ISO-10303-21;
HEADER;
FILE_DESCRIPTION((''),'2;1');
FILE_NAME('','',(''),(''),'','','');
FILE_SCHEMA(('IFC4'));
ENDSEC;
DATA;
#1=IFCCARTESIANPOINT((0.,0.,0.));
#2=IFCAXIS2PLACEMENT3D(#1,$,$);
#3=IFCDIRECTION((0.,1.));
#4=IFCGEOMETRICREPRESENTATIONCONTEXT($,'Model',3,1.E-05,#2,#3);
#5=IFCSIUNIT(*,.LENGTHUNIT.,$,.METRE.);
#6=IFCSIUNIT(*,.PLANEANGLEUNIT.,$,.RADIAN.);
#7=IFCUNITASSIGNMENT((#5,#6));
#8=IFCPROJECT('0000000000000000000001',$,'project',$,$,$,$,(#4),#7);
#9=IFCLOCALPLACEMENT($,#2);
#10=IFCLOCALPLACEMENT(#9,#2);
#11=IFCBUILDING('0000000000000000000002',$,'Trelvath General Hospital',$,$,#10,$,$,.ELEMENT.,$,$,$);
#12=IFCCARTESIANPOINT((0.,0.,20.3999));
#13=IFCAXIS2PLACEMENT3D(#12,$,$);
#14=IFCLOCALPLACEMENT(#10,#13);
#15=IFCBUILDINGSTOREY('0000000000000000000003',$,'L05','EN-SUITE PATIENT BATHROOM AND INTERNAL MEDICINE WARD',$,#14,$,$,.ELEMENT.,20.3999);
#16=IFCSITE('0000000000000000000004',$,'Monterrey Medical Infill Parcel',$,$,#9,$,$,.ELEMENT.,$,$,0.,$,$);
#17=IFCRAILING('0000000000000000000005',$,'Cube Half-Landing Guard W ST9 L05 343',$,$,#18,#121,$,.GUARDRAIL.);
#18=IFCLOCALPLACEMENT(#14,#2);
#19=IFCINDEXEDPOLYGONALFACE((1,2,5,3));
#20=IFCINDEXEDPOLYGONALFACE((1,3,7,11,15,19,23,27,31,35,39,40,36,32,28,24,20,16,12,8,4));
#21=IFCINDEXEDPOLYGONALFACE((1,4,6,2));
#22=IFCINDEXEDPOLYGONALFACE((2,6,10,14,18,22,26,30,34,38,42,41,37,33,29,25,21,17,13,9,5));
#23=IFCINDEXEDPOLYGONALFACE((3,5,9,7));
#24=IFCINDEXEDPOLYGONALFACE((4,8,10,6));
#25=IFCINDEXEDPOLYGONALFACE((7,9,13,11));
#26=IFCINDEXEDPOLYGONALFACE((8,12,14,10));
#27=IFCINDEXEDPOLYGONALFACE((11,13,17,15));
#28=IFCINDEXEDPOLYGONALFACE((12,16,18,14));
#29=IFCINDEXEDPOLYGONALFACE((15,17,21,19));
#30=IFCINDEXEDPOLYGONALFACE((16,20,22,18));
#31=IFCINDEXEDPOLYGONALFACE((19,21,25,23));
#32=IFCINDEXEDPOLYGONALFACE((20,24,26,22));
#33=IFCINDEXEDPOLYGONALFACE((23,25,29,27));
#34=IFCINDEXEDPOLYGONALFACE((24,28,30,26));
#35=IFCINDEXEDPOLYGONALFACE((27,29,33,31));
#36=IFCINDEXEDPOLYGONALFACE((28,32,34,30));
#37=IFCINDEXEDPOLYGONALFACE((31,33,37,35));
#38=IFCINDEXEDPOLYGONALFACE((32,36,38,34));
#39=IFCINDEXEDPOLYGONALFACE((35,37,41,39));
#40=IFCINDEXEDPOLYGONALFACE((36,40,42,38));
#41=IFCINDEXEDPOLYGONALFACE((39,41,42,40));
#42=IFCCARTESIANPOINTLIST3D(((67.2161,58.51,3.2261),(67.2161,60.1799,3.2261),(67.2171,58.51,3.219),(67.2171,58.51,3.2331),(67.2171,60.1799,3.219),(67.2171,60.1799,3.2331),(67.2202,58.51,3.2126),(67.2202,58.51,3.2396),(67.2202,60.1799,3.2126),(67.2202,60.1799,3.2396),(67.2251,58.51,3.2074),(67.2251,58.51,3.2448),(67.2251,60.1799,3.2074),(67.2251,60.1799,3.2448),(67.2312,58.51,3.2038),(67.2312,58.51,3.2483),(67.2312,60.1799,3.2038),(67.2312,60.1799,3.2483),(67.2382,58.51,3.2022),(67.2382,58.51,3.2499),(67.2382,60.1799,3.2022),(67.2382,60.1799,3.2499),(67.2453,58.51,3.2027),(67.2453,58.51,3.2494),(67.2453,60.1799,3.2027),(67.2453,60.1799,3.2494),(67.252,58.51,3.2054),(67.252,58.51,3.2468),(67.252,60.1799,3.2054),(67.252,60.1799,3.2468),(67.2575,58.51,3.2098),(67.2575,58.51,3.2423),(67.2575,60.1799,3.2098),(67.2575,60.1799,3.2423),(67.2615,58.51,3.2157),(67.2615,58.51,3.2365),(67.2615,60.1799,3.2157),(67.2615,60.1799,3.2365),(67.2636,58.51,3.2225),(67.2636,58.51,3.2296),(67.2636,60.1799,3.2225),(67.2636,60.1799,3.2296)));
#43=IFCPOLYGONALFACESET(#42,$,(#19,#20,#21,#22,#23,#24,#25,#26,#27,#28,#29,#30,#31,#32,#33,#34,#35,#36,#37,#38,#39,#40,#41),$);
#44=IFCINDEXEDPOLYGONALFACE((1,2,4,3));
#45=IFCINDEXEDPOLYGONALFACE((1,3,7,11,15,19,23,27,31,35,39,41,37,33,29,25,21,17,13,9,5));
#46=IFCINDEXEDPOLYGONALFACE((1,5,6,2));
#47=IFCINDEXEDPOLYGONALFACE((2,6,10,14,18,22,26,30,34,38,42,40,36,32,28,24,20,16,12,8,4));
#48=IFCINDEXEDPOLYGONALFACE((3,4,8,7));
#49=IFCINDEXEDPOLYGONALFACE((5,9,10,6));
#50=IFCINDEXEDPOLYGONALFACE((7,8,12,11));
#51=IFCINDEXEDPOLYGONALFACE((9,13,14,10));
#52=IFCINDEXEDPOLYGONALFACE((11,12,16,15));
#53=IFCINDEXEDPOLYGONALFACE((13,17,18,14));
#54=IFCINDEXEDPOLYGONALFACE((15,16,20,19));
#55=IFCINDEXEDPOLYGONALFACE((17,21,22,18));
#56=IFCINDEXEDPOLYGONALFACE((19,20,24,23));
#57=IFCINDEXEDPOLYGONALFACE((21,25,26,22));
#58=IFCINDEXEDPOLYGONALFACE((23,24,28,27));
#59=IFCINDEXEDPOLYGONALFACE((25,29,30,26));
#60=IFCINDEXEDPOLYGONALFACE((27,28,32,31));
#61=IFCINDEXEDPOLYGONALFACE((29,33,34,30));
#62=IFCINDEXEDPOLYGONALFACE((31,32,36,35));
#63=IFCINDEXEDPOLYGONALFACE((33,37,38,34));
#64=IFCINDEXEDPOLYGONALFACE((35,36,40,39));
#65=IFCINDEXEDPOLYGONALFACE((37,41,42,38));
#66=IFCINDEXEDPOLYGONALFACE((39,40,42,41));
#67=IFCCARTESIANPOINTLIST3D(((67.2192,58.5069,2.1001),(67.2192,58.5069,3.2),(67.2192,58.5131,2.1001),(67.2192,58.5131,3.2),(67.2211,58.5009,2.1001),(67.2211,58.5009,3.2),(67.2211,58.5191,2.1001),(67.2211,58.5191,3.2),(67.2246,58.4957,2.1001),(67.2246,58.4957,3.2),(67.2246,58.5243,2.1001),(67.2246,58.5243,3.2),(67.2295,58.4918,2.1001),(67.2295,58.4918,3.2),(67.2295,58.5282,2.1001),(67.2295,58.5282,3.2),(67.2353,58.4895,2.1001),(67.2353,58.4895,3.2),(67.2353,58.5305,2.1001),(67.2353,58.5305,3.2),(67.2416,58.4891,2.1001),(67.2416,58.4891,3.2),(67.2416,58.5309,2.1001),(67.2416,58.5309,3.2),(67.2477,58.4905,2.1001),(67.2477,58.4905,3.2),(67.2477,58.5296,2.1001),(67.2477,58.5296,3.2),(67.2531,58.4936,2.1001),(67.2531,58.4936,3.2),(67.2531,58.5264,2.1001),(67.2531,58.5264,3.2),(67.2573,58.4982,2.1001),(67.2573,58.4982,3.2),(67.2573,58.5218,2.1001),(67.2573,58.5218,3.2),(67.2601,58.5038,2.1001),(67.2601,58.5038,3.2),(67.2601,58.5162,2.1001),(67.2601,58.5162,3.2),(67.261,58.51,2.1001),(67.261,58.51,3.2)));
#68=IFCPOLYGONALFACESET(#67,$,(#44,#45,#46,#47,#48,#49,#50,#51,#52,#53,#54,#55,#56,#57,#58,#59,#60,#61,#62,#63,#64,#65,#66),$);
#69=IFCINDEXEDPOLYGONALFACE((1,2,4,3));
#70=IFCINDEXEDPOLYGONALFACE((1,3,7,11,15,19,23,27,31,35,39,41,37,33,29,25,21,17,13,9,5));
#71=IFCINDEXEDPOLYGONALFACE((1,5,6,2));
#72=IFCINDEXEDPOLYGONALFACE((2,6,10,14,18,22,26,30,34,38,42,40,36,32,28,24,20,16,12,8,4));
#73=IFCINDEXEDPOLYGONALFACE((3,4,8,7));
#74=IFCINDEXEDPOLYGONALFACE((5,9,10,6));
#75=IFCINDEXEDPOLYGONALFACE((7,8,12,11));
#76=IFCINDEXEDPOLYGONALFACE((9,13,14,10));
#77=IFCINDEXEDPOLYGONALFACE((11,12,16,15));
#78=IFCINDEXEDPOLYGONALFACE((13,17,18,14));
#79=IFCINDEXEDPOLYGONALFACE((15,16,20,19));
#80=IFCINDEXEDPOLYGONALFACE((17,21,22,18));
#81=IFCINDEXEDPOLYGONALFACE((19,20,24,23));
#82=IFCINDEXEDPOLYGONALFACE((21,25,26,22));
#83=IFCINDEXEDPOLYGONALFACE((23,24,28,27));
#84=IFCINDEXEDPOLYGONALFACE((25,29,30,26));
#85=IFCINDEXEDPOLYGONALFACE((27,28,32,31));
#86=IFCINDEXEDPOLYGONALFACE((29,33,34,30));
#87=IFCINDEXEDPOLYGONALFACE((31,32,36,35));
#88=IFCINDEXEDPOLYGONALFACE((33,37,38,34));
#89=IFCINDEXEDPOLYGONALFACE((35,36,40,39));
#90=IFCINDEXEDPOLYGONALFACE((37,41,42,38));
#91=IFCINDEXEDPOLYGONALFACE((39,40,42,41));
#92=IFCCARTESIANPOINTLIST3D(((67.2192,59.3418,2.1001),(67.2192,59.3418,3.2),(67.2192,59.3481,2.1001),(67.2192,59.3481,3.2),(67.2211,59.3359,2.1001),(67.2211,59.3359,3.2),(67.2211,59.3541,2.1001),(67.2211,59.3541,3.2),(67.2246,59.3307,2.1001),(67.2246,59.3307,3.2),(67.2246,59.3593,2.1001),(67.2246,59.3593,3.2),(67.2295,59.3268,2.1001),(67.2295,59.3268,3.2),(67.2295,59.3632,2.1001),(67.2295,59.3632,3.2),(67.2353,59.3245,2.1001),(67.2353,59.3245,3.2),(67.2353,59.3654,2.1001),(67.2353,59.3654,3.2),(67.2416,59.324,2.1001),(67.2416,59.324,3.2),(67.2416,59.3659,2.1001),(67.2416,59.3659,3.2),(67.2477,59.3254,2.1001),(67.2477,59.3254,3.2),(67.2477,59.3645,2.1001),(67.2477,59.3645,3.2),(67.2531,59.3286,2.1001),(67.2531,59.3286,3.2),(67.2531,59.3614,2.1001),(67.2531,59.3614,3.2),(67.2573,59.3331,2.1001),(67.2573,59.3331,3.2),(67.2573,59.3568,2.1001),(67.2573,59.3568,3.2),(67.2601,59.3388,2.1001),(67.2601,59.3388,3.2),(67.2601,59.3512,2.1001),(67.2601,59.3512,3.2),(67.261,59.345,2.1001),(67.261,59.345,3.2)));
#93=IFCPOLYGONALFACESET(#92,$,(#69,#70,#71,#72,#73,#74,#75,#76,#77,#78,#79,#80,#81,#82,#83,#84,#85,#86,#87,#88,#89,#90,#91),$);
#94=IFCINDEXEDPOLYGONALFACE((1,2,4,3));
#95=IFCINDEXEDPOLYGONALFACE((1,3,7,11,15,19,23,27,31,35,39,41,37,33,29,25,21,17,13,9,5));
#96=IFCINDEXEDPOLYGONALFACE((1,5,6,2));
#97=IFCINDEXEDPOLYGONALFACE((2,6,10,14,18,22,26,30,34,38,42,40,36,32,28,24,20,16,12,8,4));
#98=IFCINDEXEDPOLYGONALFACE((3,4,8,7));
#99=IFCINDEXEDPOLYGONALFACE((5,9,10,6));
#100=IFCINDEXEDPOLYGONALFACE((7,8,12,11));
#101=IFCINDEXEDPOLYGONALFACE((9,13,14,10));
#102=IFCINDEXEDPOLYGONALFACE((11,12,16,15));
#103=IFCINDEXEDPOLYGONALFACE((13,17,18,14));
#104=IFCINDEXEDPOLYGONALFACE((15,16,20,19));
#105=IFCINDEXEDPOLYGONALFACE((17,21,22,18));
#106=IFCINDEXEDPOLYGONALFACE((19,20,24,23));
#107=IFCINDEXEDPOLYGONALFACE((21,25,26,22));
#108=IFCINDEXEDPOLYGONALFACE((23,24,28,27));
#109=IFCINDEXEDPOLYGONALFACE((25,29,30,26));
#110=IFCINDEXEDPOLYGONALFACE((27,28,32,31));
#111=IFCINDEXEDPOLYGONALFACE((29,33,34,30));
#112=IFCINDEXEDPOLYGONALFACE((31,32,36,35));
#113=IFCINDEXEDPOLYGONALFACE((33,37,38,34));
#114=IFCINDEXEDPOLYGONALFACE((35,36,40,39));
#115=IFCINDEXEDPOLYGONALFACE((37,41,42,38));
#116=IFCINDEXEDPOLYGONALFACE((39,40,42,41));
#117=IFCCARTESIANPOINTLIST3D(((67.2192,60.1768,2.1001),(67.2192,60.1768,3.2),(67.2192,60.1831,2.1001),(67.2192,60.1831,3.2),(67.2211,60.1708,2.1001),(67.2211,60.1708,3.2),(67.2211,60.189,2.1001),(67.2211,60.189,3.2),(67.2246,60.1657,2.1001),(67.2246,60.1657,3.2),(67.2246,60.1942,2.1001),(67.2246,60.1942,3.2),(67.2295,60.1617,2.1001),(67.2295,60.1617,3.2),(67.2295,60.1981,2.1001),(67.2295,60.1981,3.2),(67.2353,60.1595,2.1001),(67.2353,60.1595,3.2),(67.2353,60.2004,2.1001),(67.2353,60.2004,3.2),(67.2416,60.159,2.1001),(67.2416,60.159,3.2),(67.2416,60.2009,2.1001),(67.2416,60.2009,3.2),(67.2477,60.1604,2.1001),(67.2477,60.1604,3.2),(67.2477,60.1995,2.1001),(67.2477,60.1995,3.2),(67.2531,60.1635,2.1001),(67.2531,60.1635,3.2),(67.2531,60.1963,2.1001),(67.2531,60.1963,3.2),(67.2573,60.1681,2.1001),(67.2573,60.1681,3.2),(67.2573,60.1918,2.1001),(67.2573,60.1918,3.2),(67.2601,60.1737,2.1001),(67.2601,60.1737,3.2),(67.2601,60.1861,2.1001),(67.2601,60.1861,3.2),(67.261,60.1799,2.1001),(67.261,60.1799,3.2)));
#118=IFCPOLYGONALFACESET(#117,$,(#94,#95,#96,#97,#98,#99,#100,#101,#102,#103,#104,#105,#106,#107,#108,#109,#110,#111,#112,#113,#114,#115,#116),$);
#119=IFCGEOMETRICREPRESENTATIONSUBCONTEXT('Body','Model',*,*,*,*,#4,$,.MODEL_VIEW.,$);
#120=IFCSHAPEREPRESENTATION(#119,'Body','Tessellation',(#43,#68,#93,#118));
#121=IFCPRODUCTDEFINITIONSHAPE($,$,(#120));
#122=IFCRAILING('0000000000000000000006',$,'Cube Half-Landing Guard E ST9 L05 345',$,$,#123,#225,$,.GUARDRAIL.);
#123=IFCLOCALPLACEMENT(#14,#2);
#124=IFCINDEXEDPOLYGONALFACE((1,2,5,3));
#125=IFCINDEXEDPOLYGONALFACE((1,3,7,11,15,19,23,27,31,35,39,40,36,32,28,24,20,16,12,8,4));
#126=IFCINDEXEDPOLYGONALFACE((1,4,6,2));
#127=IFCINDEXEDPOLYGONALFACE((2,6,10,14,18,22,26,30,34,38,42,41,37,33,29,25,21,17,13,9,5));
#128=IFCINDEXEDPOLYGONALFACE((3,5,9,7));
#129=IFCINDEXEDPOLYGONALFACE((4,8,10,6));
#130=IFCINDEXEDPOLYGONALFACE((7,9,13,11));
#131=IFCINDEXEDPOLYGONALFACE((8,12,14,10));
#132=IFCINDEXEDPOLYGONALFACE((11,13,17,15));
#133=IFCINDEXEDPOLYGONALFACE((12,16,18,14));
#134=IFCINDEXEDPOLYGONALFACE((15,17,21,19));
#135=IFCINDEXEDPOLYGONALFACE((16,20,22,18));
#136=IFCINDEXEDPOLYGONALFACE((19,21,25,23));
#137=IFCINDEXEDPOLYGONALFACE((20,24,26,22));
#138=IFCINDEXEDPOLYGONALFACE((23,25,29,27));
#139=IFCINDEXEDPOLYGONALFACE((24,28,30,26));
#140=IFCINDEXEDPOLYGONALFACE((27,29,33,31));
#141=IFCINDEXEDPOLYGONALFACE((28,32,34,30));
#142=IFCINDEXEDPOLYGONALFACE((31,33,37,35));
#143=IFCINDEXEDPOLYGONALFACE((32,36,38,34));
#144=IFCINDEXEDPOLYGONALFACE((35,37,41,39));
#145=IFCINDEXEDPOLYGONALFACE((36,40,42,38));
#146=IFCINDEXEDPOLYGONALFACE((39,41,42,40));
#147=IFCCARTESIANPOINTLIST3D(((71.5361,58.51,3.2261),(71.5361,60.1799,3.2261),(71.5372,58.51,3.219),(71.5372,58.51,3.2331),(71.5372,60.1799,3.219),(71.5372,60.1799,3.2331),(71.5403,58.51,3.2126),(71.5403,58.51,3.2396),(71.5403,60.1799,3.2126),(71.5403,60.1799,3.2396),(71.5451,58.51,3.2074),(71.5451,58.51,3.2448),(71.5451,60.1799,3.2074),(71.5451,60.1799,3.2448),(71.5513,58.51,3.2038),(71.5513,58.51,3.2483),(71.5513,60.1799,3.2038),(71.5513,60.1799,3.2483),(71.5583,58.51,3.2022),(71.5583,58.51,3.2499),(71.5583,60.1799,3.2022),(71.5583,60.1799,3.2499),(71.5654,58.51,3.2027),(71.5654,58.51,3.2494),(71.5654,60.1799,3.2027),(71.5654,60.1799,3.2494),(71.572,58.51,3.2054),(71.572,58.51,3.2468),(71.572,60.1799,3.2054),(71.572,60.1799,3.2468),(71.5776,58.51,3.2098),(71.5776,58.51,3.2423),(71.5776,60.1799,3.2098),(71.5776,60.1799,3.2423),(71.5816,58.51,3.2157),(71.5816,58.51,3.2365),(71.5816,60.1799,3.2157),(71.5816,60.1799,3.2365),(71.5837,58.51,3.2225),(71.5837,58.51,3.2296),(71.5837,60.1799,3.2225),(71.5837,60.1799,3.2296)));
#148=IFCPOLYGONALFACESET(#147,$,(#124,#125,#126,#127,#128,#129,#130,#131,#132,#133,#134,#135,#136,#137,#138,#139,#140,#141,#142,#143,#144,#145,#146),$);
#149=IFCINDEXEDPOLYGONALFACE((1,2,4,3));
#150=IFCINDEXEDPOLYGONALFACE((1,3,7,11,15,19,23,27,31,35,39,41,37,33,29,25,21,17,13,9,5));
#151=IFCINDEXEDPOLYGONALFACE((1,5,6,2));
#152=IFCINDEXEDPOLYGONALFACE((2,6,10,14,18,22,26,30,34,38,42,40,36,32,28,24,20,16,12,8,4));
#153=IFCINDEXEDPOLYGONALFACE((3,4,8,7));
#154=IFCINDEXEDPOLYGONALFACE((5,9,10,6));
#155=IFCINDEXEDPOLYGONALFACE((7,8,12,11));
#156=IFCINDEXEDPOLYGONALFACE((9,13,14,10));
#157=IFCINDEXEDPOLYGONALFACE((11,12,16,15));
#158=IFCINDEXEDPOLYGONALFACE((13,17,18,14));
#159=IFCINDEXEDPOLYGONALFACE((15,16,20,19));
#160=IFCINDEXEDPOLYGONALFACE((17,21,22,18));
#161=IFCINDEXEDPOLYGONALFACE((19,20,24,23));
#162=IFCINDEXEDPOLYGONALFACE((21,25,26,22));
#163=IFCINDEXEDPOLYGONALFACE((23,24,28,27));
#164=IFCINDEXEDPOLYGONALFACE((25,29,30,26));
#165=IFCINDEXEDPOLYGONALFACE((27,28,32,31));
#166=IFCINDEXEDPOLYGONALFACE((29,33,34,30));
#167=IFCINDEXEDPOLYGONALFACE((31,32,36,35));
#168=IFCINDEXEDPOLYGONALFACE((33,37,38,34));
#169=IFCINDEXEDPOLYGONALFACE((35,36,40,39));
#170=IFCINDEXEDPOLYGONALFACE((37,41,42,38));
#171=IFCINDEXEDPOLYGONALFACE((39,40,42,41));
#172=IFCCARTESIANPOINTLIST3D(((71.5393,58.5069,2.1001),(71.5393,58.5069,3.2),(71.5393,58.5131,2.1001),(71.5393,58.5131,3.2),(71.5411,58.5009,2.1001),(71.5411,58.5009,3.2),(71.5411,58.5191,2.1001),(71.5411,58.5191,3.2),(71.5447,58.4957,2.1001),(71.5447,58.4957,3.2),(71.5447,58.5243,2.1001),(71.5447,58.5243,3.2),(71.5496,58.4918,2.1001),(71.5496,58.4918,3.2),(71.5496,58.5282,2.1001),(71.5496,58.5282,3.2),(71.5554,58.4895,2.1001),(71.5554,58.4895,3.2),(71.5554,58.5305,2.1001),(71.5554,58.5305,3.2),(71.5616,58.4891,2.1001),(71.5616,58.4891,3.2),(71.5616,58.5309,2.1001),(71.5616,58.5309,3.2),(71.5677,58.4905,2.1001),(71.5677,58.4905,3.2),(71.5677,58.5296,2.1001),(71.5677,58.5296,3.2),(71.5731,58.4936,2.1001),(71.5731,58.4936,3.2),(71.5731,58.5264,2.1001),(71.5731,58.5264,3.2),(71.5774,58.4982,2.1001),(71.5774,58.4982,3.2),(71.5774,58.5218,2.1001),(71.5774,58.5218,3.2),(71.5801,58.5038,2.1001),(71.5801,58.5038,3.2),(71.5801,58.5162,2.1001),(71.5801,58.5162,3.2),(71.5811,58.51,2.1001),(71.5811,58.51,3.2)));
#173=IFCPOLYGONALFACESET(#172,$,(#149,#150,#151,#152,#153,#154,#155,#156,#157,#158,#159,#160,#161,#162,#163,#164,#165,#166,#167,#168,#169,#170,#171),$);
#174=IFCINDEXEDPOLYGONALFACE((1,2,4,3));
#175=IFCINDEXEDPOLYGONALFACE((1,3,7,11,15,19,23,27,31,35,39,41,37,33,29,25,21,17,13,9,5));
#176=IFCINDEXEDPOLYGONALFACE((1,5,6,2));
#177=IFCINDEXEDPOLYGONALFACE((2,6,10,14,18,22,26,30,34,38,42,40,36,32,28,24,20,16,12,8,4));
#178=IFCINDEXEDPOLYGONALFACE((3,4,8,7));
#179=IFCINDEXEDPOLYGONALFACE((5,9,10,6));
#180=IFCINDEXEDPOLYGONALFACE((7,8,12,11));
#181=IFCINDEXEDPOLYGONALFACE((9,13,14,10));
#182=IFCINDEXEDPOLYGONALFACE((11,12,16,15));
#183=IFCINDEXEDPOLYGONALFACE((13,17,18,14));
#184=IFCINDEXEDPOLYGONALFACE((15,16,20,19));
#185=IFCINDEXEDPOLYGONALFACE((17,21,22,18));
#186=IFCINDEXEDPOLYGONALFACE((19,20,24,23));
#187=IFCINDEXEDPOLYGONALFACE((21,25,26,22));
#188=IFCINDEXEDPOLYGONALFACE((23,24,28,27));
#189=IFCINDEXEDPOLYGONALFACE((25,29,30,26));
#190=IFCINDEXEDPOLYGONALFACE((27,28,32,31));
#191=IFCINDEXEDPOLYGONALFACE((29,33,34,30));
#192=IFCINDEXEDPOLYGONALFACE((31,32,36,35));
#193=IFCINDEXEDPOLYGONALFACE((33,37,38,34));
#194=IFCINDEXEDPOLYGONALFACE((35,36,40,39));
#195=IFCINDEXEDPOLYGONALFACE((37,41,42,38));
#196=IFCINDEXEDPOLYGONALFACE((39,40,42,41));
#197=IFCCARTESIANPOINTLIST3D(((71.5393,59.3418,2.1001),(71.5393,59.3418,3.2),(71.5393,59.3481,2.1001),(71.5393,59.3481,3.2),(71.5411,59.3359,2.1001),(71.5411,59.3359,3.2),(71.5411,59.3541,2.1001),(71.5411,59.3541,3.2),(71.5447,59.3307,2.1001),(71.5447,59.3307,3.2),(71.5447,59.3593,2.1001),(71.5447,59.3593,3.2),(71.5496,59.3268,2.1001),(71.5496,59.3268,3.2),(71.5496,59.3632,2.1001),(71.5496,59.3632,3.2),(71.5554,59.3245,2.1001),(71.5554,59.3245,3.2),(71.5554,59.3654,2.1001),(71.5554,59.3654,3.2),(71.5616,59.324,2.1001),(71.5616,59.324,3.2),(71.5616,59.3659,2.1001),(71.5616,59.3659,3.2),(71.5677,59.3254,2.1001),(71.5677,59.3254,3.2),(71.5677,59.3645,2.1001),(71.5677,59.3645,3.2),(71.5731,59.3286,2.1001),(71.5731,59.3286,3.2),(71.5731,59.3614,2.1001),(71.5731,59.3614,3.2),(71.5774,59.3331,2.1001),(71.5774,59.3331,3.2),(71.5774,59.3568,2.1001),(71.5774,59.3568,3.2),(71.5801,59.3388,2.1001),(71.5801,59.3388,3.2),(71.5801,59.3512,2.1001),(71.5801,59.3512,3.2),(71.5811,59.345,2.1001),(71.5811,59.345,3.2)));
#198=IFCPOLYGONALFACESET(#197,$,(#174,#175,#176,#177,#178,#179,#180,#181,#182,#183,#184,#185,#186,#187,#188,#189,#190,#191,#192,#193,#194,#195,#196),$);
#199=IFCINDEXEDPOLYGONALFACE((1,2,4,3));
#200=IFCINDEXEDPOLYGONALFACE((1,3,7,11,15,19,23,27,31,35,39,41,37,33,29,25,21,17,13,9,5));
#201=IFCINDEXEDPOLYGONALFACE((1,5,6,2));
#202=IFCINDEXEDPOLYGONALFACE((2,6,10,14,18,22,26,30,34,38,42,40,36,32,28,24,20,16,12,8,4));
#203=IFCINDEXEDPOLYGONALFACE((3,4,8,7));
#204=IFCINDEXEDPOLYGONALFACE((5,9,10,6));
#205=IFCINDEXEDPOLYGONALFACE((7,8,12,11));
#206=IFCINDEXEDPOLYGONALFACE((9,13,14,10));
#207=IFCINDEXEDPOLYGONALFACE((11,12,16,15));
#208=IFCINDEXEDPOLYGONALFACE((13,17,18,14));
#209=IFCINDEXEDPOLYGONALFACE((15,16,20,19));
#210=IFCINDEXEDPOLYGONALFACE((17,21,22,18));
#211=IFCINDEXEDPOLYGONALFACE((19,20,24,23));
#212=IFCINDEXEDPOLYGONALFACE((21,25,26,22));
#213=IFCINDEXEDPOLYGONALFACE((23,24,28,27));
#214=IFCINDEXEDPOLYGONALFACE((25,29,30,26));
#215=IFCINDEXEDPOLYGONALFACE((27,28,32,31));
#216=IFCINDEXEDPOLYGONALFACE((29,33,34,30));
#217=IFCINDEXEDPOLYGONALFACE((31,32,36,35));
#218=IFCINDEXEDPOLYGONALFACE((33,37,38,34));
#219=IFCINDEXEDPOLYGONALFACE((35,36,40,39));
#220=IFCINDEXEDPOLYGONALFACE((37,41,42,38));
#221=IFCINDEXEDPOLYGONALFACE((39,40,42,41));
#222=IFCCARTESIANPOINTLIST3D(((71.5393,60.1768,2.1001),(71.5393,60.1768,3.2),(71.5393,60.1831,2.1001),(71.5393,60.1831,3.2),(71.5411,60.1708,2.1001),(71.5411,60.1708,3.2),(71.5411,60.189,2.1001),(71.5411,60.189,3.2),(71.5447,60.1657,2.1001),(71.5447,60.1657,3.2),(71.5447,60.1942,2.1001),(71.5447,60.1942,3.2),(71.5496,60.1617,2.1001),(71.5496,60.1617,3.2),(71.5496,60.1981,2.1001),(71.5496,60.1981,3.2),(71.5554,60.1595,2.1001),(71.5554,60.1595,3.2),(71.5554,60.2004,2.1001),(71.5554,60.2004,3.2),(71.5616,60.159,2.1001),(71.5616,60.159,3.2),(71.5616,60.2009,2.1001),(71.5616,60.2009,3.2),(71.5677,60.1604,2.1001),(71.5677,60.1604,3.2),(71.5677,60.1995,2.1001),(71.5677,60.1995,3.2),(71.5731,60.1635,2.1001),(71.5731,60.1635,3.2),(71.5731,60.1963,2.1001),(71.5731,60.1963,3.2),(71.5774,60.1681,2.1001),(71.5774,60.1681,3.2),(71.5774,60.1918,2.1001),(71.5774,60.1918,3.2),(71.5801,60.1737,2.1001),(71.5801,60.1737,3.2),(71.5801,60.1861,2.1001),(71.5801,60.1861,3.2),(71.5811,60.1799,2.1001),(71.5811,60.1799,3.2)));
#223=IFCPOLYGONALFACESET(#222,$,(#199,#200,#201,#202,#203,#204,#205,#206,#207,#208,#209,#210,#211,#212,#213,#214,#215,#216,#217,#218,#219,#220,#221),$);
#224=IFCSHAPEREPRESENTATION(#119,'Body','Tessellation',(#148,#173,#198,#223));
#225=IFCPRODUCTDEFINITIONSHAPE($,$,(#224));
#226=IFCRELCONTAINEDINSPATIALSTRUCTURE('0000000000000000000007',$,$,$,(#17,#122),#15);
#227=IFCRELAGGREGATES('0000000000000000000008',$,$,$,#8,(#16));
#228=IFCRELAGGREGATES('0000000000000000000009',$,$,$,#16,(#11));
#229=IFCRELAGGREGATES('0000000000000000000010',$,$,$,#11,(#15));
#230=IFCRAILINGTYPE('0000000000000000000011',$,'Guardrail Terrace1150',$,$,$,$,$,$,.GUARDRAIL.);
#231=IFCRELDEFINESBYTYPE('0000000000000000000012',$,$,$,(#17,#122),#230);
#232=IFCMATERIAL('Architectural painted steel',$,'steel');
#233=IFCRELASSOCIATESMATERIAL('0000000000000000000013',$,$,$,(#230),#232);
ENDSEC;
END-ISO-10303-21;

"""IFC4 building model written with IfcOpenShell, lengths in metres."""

from ifc_helpers import new_model, si_unit, direction, frame, origin, origin_2d, place, context, subcontext, project, spatial, circle, extrude, material, type_object, element, save


model = new_model("IFC4")

# Units and contexts
model_context = context("Model", 3, precision=1e-05, world=origin(), true_north=direction((0.0, 1.0)))
body_context = subcontext(model_context, "Body", "Model", "MODEL_VIEW")
ifc_project = project(units=[si_unit("LENGTHUNIT", "METRE"), si_unit("PLANEANGLEUNIT", "RADIAN")], contexts=[model_context])

# Site, building, storey
site_placement = place(None, origin())
site = spatial("IfcSite", under=ifc_project, at=site_placement, Name="Monterrey Medical Infill Parcel", CompositionType="ELEMENT", RefElevation=0.0)
building_placement = place(site_placement, origin())
building = spatial("IfcBuilding", under=site, at=building_placement, Name="Trelvath General Hospital", CompositionType="ELEMENT")
storey_placement = place(building_placement, frame((0.0, 0.0, 20.3999)))
storey = spatial("IfcBuildingStorey", under=building, at=storey_placement, Name="L05", Description="EN-SUITE PATIENT BATHROOM AND INTERNAL MEDICINE WARD", CompositionType="ELEMENT", Elevation=20.3999)

# Railings
ifc_material_1 = material(Name="Architectural painted steel", Category="steel")
railing_type_1 = type_object("IfcRailingType", Name="Guardrail Terrace1150", PredefinedType="GUARDRAIL", material=ifc_material_1)
for number, where, name in (
    (1, (67.24, 58.51, 2.1001), "Cube Half-Landing Guard W ST9 L05 343"),
    (2, (71.5601, 58.51, 2.1001), "Cube Half-Landing Guard E ST9 L05 345"),
):
    element("IfcRailing", number, at=place(storey_placement, frame(where)), inside=storey, type_object=railing_type_1, Name=name, PredefinedType="GUARDRAIL", context=body_context, shape_type="SweptSolid", body=[
        extrude(circle(Radius=0.0239, at=origin_2d()), frame((0.0, 0.0, 1.126), z_axis=(0.0, 1.0, 0.0), x_axis=(-1.0, 0.0, 0.0)), (0.0, 0.0, 1.0), 1.6699),
        extrude(circle(Radius=0.021, at=origin_2d()), origin(), (0.0, 0.0, 1.0), 1.0999),
        extrude(circle(Radius=0.021, at=origin_2d()), frame((0.0, 0.835, 0.0)), (0.0, 0.0, 1.0), 1.0999),
        extrude(circle(Radius=0.021, at=origin_2d()), frame((0.0, 1.6699, 0.0)), (0.0, 0.0, 1.0), 1.0999),
    ])

save(model, "model.ifc")
